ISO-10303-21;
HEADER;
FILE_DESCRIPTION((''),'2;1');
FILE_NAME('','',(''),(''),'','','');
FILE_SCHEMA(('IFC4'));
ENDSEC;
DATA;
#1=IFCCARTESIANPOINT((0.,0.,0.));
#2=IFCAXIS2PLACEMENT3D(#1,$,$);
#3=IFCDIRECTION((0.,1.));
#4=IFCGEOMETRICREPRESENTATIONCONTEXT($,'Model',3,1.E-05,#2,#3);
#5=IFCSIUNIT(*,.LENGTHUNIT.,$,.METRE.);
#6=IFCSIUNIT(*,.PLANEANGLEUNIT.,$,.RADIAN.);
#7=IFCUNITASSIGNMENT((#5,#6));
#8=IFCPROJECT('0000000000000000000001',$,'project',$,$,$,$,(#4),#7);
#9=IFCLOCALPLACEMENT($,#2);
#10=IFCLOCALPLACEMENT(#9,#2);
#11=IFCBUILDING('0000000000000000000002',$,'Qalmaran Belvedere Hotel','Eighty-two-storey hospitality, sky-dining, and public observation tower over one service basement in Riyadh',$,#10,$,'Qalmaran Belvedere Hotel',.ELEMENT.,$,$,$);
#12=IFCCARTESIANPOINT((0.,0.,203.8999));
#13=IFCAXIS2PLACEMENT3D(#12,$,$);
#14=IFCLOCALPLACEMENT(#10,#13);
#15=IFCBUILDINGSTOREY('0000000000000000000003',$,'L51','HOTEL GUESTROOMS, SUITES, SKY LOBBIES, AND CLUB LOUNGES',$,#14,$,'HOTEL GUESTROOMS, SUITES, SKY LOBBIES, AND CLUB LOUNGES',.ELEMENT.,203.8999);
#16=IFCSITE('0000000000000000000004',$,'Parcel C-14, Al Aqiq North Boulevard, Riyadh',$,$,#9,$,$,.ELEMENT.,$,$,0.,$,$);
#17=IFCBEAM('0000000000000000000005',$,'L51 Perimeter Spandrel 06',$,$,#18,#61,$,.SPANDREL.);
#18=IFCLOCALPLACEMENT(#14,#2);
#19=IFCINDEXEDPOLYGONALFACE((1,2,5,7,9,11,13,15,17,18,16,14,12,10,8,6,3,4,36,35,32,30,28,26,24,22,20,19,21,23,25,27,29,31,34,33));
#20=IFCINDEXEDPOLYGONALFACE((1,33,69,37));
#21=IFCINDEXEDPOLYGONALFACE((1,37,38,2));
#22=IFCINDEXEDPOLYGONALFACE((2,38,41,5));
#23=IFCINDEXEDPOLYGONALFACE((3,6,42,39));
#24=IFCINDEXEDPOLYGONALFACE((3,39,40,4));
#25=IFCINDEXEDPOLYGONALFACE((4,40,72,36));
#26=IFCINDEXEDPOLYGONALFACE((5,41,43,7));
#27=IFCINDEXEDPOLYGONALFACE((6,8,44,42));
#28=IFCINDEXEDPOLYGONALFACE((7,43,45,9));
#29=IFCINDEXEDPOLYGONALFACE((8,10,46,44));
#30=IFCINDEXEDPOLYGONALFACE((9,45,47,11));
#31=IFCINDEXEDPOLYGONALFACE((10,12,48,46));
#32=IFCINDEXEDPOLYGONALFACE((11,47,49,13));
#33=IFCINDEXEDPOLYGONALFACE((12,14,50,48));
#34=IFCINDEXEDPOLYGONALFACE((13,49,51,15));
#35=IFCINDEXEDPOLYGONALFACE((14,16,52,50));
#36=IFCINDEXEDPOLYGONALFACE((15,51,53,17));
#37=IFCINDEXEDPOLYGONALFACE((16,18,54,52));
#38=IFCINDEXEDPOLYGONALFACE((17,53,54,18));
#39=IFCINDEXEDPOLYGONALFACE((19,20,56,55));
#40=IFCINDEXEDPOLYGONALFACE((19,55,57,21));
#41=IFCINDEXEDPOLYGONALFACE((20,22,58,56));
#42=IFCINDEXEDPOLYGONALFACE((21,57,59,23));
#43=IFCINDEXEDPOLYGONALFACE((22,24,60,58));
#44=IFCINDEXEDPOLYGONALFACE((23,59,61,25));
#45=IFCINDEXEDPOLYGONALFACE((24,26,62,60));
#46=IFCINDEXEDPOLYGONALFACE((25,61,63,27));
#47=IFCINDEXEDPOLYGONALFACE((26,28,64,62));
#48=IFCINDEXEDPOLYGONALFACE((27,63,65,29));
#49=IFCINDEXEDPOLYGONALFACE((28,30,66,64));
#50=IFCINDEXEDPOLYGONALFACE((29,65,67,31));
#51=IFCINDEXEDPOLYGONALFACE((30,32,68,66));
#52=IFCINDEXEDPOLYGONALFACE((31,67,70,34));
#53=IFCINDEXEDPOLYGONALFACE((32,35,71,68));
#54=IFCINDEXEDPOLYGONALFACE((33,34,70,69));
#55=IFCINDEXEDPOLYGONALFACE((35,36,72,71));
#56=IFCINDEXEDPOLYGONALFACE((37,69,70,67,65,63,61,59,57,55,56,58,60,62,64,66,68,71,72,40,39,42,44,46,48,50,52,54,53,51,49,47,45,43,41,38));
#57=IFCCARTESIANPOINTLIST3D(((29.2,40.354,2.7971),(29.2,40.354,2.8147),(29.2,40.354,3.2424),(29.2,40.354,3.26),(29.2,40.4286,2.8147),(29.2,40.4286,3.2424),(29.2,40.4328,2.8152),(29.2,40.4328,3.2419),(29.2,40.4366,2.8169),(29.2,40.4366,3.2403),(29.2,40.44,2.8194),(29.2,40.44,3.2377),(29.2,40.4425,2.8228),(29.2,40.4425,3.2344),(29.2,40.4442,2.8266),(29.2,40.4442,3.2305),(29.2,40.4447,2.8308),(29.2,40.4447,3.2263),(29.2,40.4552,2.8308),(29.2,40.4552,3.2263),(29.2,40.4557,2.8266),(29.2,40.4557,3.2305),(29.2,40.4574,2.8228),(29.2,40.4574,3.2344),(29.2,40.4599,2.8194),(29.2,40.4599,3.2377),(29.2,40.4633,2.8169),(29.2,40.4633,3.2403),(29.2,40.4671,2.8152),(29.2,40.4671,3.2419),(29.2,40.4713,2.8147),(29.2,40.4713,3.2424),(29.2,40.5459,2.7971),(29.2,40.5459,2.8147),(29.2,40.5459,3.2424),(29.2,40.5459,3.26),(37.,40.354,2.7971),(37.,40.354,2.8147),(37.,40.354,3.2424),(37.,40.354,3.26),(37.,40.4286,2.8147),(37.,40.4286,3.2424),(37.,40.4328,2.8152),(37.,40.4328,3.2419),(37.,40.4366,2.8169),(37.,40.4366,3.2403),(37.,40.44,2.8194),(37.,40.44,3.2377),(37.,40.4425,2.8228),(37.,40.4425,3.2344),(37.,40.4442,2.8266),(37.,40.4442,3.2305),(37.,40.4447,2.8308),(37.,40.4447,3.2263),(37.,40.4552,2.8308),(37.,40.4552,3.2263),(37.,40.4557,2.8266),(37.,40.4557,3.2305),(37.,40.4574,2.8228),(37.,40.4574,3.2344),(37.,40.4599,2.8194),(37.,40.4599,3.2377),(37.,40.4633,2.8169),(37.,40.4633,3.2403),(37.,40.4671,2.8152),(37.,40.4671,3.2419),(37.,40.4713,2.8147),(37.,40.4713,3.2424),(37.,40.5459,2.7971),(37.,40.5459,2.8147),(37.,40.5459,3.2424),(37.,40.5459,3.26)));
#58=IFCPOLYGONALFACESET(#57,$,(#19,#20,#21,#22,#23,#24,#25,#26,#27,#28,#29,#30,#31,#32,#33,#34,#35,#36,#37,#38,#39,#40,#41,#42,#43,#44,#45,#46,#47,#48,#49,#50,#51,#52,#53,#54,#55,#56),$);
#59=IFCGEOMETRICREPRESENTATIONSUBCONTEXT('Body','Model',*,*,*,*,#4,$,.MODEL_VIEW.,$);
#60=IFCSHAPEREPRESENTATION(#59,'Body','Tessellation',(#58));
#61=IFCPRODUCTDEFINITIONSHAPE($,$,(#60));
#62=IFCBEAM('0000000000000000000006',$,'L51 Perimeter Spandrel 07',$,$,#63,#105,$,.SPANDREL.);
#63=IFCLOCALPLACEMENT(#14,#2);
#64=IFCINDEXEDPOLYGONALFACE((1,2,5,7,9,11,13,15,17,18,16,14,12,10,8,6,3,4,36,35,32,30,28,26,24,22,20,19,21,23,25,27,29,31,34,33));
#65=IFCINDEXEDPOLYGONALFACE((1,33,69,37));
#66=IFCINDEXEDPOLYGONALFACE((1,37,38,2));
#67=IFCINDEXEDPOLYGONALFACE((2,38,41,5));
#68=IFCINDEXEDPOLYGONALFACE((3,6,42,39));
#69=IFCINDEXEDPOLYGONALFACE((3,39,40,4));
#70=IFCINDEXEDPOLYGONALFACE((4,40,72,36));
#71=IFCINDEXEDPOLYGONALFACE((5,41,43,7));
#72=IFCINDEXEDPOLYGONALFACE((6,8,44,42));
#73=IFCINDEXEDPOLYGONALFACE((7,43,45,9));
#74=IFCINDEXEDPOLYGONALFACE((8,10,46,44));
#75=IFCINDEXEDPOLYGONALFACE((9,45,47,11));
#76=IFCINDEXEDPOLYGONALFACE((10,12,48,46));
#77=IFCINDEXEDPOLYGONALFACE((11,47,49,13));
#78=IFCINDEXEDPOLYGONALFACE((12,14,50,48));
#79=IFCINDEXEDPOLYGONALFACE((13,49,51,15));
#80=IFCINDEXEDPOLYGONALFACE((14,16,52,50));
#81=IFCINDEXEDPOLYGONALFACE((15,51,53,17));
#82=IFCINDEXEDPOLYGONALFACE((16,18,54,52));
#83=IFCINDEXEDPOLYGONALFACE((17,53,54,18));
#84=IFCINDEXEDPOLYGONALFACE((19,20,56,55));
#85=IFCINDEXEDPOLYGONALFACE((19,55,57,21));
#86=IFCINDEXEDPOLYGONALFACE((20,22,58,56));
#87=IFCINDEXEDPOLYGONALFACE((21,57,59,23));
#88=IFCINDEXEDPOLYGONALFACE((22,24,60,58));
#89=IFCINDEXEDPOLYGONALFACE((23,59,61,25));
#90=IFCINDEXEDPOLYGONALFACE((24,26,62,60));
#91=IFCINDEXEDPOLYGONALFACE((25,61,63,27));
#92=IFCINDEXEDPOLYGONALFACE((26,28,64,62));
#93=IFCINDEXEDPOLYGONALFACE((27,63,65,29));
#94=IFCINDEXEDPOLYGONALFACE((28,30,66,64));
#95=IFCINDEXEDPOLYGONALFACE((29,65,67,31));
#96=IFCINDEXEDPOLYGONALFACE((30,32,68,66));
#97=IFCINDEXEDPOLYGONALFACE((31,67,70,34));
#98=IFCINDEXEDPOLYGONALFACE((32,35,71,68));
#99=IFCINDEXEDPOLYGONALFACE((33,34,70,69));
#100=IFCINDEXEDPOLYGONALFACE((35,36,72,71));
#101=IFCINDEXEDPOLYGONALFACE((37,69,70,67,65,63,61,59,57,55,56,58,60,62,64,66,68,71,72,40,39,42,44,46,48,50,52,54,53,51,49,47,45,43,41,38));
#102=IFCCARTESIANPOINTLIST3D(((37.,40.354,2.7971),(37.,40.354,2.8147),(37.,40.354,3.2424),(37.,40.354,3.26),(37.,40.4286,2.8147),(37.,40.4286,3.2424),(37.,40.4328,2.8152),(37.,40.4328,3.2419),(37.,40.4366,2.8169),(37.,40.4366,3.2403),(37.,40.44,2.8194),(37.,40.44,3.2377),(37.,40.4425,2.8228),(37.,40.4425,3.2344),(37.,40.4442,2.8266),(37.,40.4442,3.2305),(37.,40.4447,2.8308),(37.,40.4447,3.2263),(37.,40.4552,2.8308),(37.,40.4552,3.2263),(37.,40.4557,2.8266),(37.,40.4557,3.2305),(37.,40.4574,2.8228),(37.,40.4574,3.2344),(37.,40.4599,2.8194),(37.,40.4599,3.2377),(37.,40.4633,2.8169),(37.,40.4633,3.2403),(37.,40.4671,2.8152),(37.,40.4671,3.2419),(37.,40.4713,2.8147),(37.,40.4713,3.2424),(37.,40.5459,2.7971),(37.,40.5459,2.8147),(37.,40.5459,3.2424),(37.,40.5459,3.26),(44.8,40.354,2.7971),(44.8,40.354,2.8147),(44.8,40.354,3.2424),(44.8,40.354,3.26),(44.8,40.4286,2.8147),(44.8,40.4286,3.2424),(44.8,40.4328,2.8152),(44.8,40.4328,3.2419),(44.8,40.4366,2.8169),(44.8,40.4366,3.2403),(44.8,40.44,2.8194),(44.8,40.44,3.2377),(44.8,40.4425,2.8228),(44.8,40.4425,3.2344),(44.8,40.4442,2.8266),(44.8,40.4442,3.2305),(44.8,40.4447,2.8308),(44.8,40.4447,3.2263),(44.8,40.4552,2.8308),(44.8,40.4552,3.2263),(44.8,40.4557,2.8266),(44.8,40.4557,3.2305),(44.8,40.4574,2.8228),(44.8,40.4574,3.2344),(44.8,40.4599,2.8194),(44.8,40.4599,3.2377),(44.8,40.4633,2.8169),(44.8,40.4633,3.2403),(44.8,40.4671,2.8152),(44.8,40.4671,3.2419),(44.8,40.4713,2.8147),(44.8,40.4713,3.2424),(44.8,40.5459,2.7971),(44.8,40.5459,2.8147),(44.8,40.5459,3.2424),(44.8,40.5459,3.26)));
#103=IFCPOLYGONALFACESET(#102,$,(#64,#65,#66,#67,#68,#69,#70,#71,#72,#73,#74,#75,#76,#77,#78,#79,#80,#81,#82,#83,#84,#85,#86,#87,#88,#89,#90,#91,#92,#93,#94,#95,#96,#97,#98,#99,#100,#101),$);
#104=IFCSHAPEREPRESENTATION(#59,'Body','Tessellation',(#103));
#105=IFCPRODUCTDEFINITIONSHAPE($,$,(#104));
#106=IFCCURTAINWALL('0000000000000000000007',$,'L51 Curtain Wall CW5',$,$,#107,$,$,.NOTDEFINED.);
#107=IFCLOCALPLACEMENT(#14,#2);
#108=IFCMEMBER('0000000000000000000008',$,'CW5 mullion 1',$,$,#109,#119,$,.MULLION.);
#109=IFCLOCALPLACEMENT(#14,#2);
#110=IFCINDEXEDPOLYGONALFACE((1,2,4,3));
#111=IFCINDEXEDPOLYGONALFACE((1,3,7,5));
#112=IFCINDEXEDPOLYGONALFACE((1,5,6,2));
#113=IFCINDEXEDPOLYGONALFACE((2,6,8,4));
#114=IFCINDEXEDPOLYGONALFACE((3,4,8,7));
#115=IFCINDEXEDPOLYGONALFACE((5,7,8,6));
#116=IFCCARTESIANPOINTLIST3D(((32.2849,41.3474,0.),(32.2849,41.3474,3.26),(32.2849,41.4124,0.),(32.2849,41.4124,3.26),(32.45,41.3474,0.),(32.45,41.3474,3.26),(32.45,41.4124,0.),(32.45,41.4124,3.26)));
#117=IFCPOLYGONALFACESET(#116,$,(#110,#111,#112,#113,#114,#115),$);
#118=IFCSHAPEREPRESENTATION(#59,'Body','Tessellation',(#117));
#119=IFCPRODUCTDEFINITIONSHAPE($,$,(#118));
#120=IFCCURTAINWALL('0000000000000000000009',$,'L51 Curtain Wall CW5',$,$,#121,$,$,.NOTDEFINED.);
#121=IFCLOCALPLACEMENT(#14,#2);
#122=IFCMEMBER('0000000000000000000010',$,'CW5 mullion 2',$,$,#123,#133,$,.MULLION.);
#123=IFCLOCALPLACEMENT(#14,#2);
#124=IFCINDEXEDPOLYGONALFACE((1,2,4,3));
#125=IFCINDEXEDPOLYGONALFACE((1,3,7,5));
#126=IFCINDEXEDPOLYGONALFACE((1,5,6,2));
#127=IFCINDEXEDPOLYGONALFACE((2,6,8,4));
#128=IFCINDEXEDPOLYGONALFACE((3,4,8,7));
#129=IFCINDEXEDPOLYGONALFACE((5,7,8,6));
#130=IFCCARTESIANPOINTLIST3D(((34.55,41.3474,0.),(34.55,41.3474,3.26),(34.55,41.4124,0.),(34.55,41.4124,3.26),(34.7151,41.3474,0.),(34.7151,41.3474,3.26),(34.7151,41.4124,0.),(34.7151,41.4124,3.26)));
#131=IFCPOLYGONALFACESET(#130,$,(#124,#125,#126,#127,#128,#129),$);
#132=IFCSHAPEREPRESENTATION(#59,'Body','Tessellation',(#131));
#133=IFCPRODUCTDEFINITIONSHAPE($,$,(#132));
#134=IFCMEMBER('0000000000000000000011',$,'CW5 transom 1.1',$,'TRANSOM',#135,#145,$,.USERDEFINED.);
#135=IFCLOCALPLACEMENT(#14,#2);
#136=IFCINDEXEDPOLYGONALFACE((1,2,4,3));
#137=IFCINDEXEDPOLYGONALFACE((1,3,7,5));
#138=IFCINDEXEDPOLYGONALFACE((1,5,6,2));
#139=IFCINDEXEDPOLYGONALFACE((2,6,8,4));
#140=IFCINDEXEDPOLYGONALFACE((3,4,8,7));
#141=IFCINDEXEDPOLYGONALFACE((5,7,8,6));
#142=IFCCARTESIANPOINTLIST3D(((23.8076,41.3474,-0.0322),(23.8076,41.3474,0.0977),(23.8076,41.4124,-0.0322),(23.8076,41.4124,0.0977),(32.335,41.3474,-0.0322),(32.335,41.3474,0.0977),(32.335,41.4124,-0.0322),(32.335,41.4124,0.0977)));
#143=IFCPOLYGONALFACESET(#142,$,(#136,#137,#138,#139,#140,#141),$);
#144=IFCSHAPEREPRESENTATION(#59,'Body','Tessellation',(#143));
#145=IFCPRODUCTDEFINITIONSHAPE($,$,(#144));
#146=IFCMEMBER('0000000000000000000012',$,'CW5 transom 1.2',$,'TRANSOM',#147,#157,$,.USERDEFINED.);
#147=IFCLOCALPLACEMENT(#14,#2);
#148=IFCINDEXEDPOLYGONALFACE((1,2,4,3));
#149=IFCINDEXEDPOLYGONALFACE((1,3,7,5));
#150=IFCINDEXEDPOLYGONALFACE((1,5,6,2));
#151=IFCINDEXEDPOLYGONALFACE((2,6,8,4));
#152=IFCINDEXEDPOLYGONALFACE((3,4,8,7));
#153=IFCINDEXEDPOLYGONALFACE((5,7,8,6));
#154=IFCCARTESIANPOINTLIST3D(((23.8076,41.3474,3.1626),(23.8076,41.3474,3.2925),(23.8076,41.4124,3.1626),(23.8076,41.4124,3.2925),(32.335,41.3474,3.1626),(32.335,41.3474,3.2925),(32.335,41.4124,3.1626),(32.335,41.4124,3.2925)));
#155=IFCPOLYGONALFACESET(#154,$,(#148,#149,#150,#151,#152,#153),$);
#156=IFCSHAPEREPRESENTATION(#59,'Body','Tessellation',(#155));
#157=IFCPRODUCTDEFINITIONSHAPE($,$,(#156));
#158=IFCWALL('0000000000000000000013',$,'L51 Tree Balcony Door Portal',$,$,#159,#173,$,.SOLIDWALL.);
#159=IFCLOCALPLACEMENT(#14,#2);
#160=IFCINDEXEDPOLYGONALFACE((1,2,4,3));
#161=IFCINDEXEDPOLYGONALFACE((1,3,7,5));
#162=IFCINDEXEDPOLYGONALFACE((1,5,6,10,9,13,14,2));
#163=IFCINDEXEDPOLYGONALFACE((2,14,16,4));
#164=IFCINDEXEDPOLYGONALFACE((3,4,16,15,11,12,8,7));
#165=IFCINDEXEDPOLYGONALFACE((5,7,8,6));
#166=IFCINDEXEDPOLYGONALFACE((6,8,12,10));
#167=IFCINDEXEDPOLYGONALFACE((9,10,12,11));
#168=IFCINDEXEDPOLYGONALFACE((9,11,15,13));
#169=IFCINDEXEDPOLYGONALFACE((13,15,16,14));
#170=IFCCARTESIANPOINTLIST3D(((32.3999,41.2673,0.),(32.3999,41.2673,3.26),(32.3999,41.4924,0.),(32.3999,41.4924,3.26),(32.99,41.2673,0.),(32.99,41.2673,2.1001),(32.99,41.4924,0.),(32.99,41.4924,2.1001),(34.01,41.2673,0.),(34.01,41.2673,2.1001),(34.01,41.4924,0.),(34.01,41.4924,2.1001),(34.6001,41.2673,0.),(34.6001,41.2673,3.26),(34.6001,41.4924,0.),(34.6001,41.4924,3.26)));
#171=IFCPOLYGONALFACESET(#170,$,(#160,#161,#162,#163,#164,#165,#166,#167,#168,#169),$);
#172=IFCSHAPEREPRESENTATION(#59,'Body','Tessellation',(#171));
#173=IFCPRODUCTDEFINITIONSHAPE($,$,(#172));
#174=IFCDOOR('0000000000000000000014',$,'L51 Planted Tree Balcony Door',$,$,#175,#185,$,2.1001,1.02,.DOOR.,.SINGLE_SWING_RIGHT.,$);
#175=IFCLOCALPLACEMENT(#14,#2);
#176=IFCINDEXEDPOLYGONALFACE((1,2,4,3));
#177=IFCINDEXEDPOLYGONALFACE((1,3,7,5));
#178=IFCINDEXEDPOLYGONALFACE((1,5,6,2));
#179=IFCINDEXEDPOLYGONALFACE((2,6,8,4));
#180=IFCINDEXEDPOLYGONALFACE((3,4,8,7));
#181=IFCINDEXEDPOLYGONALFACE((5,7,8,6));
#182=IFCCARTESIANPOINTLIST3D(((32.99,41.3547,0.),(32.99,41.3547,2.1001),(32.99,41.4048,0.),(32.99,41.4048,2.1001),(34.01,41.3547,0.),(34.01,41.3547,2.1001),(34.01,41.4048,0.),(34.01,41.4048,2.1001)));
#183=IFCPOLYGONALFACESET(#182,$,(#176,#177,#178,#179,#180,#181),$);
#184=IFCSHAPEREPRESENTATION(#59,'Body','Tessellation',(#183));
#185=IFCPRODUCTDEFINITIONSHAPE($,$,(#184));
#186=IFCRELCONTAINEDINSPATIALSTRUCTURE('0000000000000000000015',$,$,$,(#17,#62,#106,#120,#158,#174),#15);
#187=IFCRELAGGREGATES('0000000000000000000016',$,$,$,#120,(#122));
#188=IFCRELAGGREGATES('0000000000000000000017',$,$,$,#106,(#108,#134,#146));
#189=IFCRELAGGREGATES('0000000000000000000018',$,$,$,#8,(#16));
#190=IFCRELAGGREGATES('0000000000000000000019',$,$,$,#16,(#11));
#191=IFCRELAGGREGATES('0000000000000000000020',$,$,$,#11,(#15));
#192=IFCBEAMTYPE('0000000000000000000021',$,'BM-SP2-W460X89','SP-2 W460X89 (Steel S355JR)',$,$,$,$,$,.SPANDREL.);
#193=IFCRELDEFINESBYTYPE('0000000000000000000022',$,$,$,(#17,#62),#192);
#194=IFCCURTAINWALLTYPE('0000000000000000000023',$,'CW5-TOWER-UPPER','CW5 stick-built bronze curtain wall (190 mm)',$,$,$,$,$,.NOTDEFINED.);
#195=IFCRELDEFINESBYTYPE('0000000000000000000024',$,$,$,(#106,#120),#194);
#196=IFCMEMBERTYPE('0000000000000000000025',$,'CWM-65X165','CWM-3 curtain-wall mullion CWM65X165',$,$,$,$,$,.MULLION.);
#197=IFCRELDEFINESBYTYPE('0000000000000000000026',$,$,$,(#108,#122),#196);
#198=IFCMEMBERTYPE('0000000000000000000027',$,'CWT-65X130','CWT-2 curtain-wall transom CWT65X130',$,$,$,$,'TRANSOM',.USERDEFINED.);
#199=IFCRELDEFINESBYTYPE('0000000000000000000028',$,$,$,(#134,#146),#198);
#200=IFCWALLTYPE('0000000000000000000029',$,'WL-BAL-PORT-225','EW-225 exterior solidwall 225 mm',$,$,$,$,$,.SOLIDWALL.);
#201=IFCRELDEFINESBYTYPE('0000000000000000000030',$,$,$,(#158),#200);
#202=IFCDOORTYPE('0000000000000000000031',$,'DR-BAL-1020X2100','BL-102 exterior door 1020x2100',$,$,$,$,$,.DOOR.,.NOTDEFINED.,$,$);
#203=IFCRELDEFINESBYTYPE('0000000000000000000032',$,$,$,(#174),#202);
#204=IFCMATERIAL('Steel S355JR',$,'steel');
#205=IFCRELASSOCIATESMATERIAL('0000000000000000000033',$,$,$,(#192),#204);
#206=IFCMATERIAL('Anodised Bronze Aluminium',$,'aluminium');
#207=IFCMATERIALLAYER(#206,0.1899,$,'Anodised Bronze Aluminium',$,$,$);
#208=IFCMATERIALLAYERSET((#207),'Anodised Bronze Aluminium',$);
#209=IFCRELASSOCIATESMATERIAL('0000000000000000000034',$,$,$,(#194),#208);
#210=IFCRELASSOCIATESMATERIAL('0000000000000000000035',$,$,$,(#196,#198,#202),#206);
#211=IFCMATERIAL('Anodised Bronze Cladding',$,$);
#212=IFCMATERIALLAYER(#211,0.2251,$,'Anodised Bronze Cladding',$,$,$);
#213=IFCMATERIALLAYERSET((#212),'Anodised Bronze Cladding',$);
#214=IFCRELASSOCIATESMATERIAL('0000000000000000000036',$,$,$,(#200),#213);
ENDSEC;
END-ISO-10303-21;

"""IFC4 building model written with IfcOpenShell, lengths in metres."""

from ifc_helpers import new_model, si_unit, direction, frame, frame_2d, origin, origin_2d, place, context, subcontext, project, spatial, rectangle, i_section, extrude, material, layer, layer_set, material_profile, profile_set, type_object, element, fill, aggregate, save


model = new_model("IFC4")

# Units and contexts
model_context = context("Model", 3, precision=1e-05, world=origin(), true_north=direction((0.0, 1.0)))
body_context = subcontext(model_context, "Body", "Model", "MODEL_VIEW")
ifc_project = project(units=[si_unit("LENGTHUNIT", "METRE"), si_unit("PLANEANGLEUNIT", "RADIAN")], contexts=[model_context])

# Site, building, storey
site_placement = place(None, origin())
site = spatial("IfcSite", under=ifc_project, at=site_placement, Name="Parcel C-14, Al Aqiq North Boulevard, Riyadh", CompositionType="ELEMENT", RefElevation=0.0)
building_placement = place(site_placement, origin())
building = spatial("IfcBuilding", under=site, at=building_placement, Name="Qalmaran Belvedere Hotel", Description="Eighty-two-storey hospitality, sky-dining, and public observation tower over one service basement in Riyadh", LongName="Qalmaran Belvedere Hotel", CompositionType="ELEMENT")
storey_placement = place(building_placement, frame((0.0, 0.0, 203.8999)))
storey = spatial("IfcBuildingStorey", under=building, at=storey_placement, Name="L51", Description="HOTEL GUESTROOMS, SUITES, SKY LOBBIES, AND CLUB LOUNGES", LongName="HOTEL GUESTROOMS, SUITES, SKY LOBBIES, AND CLUB LOUNGES", CompositionType="ELEMENT", Elevation=203.8999)

# Beams
ifc_material_1 = material(Name="Steel S355JR", Category="steel")
ifc_material_profile_1 = material_profile(ifc_material_1, i_section(OverallWidth=0.1919, OverallDepth=0.4629, WebThickness=0.0105, FlangeThickness=0.0176, FilletRadius=0.0161, at=origin_2d()), Name="W460X89")
ifc_profile_set_1 = profile_set([ifc_material_profile_1], Name="Steel S355JR")
beam_type_1 = type_object("IfcBeamType", Name="BM-SP2-W460X89", Description="SP-2 W460X89 (Steel S355JR)", PredefinedType="SPANDREL", material=ifc_profile_set_1)
for number, where, z_axis, x_axis, name in (
    (1, (29.2, 40.45, 3.0286), (1.0, 0.0, 0.0), (0.0, 1.0, 0.0), "L51 Perimeter Spandrel 06"),
    (2, (37.0, 40.45, 3.0286), (1.0, 0.0, 0.0), (0.0, 1.0, 0.0), "L51 Perimeter Spandrel 07"),
):
    element("IfcBeam", number, at=place(storey_placement, frame(where, z_axis=z_axis, x_axis=x_axis)), inside=storey, type_object=beam_type_1, Name=name, PredefinedType="SPANDREL", context=body_context, shape_type="SweptSolid", body=[
        extrude(i_section(OverallWidth=0.1919, OverallDepth=0.4629, WebThickness=0.0105, FlangeThickness=0.0176, FilletRadius=0.0161, at=origin_2d()), origin(), (0.0, 0.0, 1.0), 7.8),
    ])

# Curtain walls, members
ifc_material_2 = material(Name="Anodised Bronze Aluminium", Category="aluminium")
ifc_layer_1 = layer(ifc_material_2, 0.1899, Name="Anodised Bronze Aluminium")
ifc_layer_set_1 = layer_set([ifc_layer_1], Name="Anodised Bronze Aluminium")
curtain_wall_type = type_object("IfcCurtainWallType", Name="CW5-TOWER-UPPER", Description="CW5 stick-built bronze curtain wall (190 mm)", PredefinedType="NOTDEFINED", material=ifc_layer_set_1)
curtain_wall_1_placement = place(storey_placement, origin())
curtain_wall_1 = element("IfcCurtainWall", 3, at=curtain_wall_1_placement, inside=storey, type_object=curtain_wall_type, Name="L51 Curtain Wall CW5", PredefinedType="NOTDEFINED")
ifc_material_profile_2 = material_profile(ifc_material_2, rectangle(XDim=0.0649, YDim=0.165, at=origin_2d()), Name="CWM65X165")
ifc_profile_set_2 = profile_set([ifc_material_profile_2], Name="Anodised Bronze Aluminium")
member_type_1 = type_object("IfcMemberType", Name="CWM-65X165", Description="CWM-3 curtain-wall mullion CWM65X165", PredefinedType="MULLION", material=ifc_profile_set_2)
member_1_placement = place(storey_placement, frame((32.3674, 41.3799, 0.0), z_axis=(0.0, 0.0, 1.0), x_axis=(0.0, -1.0, 0.0)))
member_1 = element("IfcMember", 4, at=member_1_placement, type_object=member_type_1, Name="CW5 mullion 1", PredefinedType="MULLION", context=body_context, shape_type="SweptSolid", body=[
    extrude(rectangle(XDim=0.0649, YDim=0.165, at=origin_2d()), origin(), (0.0, 0.0, 1.0), 3.26),
])
curtain_wall_2_placement = place(storey_placement, origin())
curtain_wall_2 = element("IfcCurtainWall", 5, at=curtain_wall_2_placement, inside=storey, type_object=curtain_wall_type, Name="L51 Curtain Wall CW5", PredefinedType="NOTDEFINED")
member_2_placement = place(storey_placement, frame((34.6326, 41.3799, 0.0), z_axis=(0.0, 0.0, 1.0), x_axis=(0.0, -1.0, 0.0)))
member_2 = element("IfcMember", 6, at=member_2_placement, type_object=member_type_1, Name="CW5 mullion 2", PredefinedType="MULLION", context=body_context, shape_type="SweptSolid", body=[
    extrude(rectangle(XDim=0.0649, YDim=0.165, at=origin_2d()), origin(), (0.0, 0.0, 1.0), 3.26),
])
aggregate(curtain_wall_2, [member_2])

# Members
ifc_material_profile_3 = material_profile(ifc_material_2, rectangle(XDim=0.0649, YDim=0.1299, at=origin_2d()), Name="CWT65X130")
ifc_profile_set_3 = profile_set([ifc_material_profile_3], Name="Anodised Bronze Aluminium")
member_type_2 = type_object("IfcMemberType", Name="CWT-65X130", Description="CWT-2 curtain-wall transom CWT65X130", ElementType="TRANSOM", PredefinedType="USERDEFINED", material=ifc_profile_set_3)
member_3_placement = place(storey_placement, frame((32.335, 41.3799, 0.0327), z_axis=(-1.0, 0.0, 0.0), x_axis=(0.0, -1.0, 0.0)))
member_3 = element("IfcMember", 7, at=member_3_placement, type_object=member_type_2, Name="CW5 transom 1.1", ObjectType="TRANSOM", PredefinedType="USERDEFINED", context=body_context, shape_type="SweptSolid", body=[
    extrude(rectangle(XDim=0.0649, YDim=0.1299, at=origin_2d()), origin(), (0.0, 0.0, 1.0), 8.5273),
])
member_4_placement = place(storey_placement, frame((32.335, 41.3799, 3.2275), z_axis=(-1.0, 0.0, 0.0), x_axis=(0.0, -1.0, 0.0)))
member_4 = element("IfcMember", 8, at=member_4_placement, type_object=member_type_2, Name="CW5 transom 1.2", ObjectType="TRANSOM", PredefinedType="USERDEFINED", context=body_context, shape_type="SweptSolid", body=[
    extrude(rectangle(XDim=0.0649, YDim=0.1299, at=origin_2d()), origin(), (0.0, 0.0, 1.0), 8.5273),
])
aggregate(curtain_wall_1, [member_1, member_3, member_4])

# Wall, opening, door
ifc_material_3 = material(Name="Anodised Bronze Cladding")
ifc_layer_2 = layer(ifc_material_3, 0.2251, Name="Anodised Bronze Cladding")
ifc_layer_set_2 = layer_set([ifc_layer_2], Name="Anodised Bronze Cladding")
wall_type_1 = type_object("IfcWallType", Name="WL-BAL-PORT-225", Description="EW-225 exterior solidwall 225 mm", PredefinedType="SOLIDWALL", material=ifc_layer_set_2)
wall_1_placement = place(storey_placement, frame((32.3999, 41.3799, 0.0), z_axis=(0.0, 0.0, 1.0), x_axis=(1.0, 0.0, 0.0)))
wall_1 = element("IfcWall", 9, at=wall_1_placement, inside=storey, type_object=wall_type_1, Name="L51 Tree Balcony Door Portal", PredefinedType="SOLIDWALL", context=body_context, shape_type="SweptSolid", body=[
    extrude(rectangle(XDim=2.2002, YDim=0.2251, at=frame_2d((1.1001, 0.0))), origin(), (0.0, 0.0, 1.0), 3.26),
])
opening_1_placement = place(wall_1_placement, frame((0.5901, 0.0, 0.0)))
opening_1 = element("IfcOpeningElement", 10, at=opening_1_placement, cuts=wall_1, PredefinedType="OPENING", context=body_context, shape_type="SweptSolid", body=[
    extrude(rectangle(XDim=1.02, YDim=2.1001, at=frame_2d((0.51, 1.05))), frame((0.0, 0.1226, 0.0), z_axis=(0.0, -1.0, 0.0), x_axis=(1.0, 0.0, 0.0)), (0.0, 0.0, 1.0), 0.2451),
])
door_type_1 = type_object("IfcDoorType", Name="DR-BAL-1020X2100", Description="BL-102 exterior door 1020x2100", OperationType="NOTDEFINED", PredefinedType="DOOR", material=ifc_material_2)
door_1_placement = place(opening_1_placement, origin())
door_1 = element("IfcDoor", 11, at=door_1_placement, inside=storey, type_object=door_type_1, Name="L51 Planted Tree Balcony Door", OperationType="SINGLE_SWING_RIGHT", OverallHeight=2.1001, OverallWidth=1.02, PredefinedType="DOOR", context=body_context, shape_type="SweptSolid", body=[
    extrude(rectangle(XDim=1.02, YDim=2.1001, at=frame_2d((0.51, 1.05))), frame((0.0, 0.0249, 0.0), z_axis=(0.0, -1.0, 0.0), x_axis=(1.0, 0.0, 0.0)), (0.0, 0.0, 1.0), 0.05),
])
fill(opening_1, door_1)

save(model, "model.ifc")
